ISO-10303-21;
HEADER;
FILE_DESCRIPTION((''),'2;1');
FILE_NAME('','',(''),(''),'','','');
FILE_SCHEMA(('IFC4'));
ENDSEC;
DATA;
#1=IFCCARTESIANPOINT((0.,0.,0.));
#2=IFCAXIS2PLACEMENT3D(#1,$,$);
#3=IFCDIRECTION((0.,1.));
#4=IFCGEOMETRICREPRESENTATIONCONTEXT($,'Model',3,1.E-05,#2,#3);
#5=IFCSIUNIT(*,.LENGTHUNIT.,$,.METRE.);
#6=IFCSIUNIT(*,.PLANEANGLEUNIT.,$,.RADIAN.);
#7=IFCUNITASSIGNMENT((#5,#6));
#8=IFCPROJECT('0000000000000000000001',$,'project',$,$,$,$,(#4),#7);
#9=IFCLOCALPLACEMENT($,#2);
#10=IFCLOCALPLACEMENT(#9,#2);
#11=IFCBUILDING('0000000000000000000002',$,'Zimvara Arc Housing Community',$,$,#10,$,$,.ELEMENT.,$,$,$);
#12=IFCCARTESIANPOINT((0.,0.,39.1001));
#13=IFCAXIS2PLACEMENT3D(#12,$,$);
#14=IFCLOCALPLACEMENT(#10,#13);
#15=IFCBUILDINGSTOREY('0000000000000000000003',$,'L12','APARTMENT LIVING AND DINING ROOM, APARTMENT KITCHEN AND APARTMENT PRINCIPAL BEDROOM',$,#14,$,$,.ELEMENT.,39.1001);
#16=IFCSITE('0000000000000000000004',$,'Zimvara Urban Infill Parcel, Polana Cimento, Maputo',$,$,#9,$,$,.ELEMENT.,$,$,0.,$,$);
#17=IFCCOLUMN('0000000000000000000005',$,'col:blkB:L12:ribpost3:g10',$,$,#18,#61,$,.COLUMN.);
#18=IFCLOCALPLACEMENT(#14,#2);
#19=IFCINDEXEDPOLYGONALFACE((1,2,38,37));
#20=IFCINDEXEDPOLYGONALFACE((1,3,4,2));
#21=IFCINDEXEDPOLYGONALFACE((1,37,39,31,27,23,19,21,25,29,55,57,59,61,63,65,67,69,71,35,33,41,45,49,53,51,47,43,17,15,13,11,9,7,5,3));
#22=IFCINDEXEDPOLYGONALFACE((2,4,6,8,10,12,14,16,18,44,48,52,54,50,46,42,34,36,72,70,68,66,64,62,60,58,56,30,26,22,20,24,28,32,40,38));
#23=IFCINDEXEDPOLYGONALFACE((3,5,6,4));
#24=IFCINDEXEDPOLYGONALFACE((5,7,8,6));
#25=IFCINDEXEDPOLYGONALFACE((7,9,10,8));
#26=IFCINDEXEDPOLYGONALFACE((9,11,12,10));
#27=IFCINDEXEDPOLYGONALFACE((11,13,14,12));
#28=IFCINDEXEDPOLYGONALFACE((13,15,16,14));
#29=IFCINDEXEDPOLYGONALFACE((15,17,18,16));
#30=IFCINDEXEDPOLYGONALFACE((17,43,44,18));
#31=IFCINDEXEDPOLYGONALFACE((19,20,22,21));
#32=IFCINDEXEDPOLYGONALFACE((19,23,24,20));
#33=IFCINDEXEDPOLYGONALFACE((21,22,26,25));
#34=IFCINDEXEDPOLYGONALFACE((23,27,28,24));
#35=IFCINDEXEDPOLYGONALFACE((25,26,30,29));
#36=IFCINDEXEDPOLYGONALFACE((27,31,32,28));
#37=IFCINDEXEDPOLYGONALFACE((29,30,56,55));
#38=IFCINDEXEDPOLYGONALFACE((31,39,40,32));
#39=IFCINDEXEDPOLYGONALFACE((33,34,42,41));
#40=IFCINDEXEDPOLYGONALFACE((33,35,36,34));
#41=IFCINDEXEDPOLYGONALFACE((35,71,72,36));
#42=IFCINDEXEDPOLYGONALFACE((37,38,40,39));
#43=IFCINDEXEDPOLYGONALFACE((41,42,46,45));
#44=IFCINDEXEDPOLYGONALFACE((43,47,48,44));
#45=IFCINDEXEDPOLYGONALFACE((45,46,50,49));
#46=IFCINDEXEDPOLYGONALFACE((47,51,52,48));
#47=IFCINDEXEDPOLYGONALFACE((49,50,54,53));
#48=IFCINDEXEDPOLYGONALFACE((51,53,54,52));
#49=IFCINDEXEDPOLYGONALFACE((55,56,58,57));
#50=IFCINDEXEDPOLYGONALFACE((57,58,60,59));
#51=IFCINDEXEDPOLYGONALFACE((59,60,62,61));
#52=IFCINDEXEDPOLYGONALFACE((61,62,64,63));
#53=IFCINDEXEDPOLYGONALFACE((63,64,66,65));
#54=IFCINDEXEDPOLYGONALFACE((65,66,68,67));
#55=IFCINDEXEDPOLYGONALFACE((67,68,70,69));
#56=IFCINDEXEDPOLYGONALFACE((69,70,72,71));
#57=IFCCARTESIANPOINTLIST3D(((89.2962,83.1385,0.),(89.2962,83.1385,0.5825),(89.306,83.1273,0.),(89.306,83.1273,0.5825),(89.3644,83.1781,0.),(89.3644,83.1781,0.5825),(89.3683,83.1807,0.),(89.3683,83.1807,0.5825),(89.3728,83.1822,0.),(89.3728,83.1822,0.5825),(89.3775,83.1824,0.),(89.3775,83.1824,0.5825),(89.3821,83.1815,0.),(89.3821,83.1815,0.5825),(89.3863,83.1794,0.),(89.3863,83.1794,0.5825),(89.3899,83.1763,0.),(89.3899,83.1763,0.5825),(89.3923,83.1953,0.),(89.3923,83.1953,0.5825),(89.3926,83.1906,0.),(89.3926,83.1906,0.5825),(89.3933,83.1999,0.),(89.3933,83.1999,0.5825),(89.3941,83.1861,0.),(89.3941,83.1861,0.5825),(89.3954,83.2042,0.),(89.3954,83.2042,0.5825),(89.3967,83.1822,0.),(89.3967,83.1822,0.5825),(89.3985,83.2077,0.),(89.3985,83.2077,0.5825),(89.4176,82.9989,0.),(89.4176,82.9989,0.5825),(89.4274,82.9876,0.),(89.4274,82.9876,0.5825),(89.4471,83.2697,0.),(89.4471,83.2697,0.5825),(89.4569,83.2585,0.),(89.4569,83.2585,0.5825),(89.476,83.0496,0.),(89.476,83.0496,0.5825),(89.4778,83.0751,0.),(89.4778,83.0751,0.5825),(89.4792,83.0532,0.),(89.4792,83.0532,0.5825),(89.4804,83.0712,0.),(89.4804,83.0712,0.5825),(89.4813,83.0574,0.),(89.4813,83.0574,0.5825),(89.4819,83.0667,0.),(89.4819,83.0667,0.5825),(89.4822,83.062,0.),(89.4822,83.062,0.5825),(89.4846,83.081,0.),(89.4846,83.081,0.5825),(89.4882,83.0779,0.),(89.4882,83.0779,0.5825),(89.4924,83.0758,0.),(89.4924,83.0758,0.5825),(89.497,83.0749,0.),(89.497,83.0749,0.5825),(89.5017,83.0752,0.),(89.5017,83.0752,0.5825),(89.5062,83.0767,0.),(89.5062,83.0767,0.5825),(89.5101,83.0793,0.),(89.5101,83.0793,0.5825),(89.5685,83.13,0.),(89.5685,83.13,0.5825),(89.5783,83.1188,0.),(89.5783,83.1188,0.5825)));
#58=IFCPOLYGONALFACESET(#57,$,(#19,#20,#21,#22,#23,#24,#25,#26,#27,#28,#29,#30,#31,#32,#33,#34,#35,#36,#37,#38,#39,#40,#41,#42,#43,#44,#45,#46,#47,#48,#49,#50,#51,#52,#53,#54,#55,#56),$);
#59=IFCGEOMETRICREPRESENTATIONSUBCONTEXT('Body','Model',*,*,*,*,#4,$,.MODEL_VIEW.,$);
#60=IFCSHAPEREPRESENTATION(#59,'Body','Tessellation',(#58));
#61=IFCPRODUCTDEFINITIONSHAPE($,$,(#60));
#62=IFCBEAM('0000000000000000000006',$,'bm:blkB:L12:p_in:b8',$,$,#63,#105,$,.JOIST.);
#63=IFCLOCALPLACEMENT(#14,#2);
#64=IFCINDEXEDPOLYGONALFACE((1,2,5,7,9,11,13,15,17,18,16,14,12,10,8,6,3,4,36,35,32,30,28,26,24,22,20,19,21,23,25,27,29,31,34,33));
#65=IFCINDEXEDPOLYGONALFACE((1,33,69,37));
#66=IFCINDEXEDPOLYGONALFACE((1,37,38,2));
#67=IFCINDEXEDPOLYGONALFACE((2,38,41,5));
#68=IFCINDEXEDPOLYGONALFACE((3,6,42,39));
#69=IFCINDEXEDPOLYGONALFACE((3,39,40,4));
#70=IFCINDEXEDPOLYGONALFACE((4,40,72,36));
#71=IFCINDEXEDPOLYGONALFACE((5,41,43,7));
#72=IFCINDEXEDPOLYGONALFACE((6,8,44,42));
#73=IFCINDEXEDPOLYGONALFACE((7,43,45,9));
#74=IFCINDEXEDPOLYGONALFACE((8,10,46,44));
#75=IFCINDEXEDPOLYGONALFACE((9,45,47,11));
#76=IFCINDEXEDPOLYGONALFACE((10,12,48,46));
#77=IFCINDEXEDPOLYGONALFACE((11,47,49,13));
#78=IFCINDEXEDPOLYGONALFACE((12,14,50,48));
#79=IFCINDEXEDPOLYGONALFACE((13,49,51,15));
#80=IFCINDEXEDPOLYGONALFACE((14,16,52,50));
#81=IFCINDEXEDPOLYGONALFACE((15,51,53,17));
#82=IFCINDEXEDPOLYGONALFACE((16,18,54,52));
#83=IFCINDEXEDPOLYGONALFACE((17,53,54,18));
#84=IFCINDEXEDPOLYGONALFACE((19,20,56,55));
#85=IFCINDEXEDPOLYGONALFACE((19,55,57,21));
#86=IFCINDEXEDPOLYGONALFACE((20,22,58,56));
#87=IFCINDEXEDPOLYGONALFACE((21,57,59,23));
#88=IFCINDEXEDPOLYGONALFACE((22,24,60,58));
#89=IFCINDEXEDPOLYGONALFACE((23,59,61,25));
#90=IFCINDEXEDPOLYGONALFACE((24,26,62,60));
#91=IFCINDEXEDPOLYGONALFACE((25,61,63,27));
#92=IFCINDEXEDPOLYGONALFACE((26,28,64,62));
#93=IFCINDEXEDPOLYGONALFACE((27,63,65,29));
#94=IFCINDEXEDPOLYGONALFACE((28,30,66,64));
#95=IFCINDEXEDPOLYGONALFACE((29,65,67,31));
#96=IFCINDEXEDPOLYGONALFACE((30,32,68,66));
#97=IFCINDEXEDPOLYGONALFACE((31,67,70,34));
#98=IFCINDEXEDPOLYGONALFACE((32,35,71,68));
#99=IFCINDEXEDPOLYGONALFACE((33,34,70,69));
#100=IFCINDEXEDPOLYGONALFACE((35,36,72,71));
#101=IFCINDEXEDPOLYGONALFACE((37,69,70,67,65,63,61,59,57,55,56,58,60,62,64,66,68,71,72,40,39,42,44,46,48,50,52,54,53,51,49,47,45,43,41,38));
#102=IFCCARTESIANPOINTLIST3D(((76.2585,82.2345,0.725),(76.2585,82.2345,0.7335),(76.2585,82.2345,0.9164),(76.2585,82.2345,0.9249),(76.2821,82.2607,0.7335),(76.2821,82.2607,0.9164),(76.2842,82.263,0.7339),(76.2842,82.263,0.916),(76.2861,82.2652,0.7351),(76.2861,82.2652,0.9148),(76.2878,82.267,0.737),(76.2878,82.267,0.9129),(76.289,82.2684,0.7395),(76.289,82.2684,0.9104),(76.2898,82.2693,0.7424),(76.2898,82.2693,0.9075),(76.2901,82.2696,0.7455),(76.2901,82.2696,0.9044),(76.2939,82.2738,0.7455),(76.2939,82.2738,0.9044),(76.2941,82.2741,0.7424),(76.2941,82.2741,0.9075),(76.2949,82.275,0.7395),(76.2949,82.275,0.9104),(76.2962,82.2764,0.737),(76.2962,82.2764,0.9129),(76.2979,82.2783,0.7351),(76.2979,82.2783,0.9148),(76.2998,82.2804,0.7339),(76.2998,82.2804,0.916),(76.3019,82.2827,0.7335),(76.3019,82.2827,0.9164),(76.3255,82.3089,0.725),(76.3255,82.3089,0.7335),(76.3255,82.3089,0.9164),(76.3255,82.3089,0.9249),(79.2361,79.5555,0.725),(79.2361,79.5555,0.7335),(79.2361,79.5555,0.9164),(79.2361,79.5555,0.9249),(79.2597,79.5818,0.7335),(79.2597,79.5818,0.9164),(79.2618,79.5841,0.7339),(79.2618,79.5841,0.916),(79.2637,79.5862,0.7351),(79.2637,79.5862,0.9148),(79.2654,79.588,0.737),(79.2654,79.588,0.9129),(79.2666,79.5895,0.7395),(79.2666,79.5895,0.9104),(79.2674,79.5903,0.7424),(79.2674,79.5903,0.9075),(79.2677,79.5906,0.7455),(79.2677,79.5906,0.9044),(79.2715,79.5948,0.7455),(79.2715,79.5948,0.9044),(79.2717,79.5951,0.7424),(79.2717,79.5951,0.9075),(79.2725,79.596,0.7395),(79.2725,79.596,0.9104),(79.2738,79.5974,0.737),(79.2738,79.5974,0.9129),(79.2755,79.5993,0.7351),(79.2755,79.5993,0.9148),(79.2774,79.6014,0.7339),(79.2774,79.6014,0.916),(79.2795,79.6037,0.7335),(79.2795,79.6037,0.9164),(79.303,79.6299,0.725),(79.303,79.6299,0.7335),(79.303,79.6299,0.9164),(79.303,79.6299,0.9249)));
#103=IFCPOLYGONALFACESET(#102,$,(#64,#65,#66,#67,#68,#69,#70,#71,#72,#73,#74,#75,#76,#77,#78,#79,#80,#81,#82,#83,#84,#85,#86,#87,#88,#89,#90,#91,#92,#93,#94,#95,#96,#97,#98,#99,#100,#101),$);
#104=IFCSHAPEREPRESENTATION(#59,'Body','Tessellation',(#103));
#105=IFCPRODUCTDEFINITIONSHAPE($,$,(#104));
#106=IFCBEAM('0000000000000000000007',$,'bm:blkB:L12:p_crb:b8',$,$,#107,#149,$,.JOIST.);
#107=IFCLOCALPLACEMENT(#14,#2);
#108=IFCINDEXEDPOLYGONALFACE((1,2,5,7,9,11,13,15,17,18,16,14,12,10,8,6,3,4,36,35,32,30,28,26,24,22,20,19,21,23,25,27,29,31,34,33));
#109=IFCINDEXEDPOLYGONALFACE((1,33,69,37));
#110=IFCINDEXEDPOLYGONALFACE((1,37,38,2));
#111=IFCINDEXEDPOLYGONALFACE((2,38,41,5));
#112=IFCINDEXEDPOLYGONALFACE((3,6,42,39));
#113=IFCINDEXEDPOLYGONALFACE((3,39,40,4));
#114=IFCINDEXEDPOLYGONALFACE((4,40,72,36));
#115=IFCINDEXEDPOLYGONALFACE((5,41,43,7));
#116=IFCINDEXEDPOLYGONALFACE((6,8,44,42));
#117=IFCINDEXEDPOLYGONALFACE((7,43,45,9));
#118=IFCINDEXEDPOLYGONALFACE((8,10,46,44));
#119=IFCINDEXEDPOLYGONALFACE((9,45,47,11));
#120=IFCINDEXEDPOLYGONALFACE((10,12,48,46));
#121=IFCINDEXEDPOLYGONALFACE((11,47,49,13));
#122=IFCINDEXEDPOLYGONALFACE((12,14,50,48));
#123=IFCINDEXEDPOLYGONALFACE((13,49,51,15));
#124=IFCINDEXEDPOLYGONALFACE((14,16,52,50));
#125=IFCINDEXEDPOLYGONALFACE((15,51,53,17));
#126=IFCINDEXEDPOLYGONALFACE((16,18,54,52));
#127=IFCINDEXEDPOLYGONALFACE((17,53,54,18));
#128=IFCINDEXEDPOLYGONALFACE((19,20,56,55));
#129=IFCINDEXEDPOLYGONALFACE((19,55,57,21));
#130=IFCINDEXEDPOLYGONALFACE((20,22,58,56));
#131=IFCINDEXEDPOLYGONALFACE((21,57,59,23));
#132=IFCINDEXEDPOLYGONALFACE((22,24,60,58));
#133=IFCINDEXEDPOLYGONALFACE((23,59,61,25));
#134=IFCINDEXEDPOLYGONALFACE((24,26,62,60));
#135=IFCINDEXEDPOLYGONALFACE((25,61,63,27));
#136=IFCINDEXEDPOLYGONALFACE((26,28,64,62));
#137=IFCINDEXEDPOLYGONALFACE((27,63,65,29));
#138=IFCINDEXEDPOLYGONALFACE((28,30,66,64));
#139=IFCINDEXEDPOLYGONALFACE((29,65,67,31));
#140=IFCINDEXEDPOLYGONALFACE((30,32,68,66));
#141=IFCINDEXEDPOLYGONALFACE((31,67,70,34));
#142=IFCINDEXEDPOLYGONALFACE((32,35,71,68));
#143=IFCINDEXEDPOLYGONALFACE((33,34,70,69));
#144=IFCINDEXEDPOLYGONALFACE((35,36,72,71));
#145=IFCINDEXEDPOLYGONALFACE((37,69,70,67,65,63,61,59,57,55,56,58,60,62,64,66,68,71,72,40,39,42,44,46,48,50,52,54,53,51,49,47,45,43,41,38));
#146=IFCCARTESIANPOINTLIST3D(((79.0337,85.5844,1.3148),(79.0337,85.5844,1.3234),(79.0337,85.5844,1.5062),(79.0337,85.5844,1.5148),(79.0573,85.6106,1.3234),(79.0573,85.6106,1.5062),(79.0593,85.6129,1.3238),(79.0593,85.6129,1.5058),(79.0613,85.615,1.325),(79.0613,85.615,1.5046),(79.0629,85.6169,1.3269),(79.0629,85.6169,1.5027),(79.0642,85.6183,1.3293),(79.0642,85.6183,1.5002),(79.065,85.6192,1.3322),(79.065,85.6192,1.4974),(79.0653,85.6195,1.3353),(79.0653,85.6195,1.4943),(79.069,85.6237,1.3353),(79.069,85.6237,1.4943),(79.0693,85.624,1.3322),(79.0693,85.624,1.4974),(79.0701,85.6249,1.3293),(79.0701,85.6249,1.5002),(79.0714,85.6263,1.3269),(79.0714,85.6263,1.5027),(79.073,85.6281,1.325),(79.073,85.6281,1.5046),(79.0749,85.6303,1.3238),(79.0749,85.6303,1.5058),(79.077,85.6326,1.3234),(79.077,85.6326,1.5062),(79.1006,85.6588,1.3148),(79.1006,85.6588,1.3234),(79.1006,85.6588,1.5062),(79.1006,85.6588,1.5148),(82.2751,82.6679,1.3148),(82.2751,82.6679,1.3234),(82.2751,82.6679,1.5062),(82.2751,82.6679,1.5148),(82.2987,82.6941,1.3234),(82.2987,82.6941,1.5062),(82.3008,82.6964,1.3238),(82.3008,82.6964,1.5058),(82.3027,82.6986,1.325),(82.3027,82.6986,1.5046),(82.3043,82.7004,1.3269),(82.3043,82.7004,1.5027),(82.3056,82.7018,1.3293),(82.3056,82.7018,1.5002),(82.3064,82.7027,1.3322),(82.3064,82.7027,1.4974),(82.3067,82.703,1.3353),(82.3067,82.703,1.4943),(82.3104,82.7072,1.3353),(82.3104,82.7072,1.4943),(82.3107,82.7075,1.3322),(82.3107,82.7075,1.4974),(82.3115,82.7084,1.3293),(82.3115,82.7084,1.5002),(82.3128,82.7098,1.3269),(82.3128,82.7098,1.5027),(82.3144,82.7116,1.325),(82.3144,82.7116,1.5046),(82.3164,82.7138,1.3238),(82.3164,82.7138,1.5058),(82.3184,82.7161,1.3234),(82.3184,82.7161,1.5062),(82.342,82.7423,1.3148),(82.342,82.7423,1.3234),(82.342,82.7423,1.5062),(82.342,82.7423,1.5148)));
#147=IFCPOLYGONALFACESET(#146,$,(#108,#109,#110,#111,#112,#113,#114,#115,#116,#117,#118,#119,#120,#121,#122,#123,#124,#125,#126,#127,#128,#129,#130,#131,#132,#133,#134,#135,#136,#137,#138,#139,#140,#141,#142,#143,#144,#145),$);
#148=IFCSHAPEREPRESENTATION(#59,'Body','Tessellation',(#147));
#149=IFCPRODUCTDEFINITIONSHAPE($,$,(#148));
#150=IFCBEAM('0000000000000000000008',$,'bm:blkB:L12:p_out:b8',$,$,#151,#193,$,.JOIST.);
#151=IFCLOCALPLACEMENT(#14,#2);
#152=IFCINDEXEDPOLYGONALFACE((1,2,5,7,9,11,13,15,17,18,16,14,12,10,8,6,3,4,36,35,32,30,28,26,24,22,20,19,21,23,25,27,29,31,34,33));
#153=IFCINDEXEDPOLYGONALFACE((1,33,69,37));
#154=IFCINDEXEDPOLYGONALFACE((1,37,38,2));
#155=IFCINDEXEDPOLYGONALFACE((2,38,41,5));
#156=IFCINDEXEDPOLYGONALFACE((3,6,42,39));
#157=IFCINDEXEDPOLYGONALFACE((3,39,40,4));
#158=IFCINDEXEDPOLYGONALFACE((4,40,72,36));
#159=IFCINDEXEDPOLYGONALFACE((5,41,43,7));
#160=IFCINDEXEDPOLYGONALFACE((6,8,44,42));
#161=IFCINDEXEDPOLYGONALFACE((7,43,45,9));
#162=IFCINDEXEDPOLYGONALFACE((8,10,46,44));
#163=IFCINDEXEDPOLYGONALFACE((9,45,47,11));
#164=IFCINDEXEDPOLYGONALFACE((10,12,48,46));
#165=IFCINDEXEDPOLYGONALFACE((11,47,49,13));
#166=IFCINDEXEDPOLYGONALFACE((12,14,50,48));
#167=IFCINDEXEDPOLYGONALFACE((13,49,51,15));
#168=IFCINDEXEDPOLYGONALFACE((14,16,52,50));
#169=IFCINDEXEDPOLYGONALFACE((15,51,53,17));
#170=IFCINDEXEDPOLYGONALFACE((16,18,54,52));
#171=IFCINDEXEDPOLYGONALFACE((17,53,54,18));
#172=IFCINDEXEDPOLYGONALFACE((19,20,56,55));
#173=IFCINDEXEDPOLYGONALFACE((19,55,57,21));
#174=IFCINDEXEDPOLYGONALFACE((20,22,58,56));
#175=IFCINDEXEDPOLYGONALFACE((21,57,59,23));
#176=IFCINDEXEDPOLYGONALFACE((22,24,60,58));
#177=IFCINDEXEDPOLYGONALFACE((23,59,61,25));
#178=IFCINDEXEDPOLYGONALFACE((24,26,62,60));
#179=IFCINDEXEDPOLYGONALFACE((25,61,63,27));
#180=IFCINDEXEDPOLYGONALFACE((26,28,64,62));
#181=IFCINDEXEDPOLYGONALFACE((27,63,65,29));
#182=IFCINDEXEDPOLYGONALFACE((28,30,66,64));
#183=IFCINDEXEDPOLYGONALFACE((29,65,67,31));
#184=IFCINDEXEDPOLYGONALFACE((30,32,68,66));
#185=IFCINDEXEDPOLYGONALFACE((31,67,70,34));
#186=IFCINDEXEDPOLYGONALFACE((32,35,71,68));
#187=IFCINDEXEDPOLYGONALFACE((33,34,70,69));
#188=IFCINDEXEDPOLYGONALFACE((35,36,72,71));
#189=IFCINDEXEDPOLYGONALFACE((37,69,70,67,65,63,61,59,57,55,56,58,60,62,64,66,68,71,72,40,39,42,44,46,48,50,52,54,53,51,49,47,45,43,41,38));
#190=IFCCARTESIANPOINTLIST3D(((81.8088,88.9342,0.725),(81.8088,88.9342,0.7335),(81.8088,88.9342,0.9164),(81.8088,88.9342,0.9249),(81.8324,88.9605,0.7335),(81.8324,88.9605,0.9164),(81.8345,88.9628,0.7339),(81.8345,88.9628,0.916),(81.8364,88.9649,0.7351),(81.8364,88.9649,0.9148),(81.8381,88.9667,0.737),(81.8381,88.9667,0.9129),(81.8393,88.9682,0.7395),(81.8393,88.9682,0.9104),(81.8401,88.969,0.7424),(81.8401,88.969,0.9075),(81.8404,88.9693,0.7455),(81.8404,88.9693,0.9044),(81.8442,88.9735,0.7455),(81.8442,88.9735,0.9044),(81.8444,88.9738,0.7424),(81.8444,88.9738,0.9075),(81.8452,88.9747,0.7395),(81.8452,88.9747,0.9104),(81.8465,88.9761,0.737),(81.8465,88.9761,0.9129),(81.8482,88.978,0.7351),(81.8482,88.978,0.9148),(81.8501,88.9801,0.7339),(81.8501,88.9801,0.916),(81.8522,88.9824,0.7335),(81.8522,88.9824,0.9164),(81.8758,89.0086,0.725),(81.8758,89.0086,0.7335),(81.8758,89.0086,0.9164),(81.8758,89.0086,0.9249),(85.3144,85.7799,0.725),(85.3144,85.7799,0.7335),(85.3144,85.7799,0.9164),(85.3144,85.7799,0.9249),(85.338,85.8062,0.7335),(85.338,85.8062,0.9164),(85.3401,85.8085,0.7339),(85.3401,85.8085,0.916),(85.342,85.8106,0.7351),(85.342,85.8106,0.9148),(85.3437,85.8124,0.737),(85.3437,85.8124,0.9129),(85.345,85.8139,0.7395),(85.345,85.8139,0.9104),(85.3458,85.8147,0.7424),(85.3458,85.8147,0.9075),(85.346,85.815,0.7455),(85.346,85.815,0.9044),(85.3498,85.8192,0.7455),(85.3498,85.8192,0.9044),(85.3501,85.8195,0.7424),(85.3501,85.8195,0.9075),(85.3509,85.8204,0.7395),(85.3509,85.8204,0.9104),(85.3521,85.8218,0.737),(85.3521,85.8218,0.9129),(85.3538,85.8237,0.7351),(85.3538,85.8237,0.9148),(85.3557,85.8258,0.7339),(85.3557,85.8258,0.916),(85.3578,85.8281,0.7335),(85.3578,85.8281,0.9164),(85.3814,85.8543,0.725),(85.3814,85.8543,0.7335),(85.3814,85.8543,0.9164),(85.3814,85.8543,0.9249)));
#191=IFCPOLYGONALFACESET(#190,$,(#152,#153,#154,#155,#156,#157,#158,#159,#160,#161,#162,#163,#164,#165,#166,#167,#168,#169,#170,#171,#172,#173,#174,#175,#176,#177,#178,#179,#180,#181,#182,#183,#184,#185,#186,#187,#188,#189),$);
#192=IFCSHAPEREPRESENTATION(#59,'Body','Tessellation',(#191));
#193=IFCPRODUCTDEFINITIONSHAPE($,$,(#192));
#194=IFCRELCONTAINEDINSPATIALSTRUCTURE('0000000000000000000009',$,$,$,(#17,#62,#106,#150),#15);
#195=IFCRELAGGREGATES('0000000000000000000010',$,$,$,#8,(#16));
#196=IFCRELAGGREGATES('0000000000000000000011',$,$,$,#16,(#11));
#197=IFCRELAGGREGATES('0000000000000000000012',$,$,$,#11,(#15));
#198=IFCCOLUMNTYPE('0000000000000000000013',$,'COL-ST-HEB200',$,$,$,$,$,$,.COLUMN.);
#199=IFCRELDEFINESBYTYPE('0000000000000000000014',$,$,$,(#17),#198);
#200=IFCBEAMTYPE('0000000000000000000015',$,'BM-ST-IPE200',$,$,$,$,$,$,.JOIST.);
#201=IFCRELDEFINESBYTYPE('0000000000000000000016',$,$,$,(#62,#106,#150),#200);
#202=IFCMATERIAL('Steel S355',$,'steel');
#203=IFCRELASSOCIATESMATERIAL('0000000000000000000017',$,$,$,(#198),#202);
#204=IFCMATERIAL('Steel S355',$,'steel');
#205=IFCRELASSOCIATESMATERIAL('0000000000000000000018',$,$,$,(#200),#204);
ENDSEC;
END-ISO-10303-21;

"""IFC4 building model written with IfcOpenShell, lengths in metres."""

from ifc_helpers import new_model, si_unit, direction, frame, origin, origin_2d, place, context, subcontext, project, spatial, i_section, extrude, material, material_profile, profile_set, type_object, element, save


model = new_model("IFC4")

# Units and contexts
model_context = context("Model", 3, precision=1e-05, world=origin(), true_north=direction((0.0, 1.0)))
body_context = subcontext(model_context, "Body", "Model", "MODEL_VIEW")
ifc_project = project(units=[si_unit("LENGTHUNIT", "METRE"), si_unit("PLANEANGLEUNIT", "RADIAN")], contexts=[model_context])

# Site, building, storey
site_placement = place(None, origin())
site = spatial("IfcSite", under=ifc_project, at=site_placement, Name="Zimvara Urban Infill Parcel, Polana Cimento, Maputo", CompositionType="ELEMENT", RefElevation=0.0)
building_placement = place(site_placement, origin())
building = spatial("IfcBuilding", under=site, at=building_placement, Name="Zimvara Arc Housing Community", CompositionType="ELEMENT")
storey_placement = place(building_placement, frame((0.0, 0.0, 39.1001)))
storey = spatial("IfcBuildingStorey", under=building, at=storey_placement, Name="L12", Description="APARTMENT LIVING AND DINING ROOM, APARTMENT KITCHEN AND APARTMENT PRINCIPAL BEDROOM", CompositionType="ELEMENT", Elevation=39.1001)

# Column
ifc_material_1 = material(Name="Steel S355", Category="steel")
ifc_material_profile_1 = material_profile(ifc_material_1, i_section(OverallWidth=0.2, OverallDepth=0.2, WebThickness=0.009, FlangeThickness=0.0149, FilletRadius=0.0181, at=origin_2d()), Name="HEB 200")
ifc_profile_set_1 = profile_set([ifc_material_profile_1], Name="Steel S355")
column_type = type_object("IfcColumnType", Name="COL-ST-HEB200", PredefinedType="COLUMN", material=ifc_profile_set_1)
column_1_placement = place(storey_placement, frame((89.4373, 83.1287, 0.0), z_axis=(0.0, 0.0, 1.0), x_axis=(0.75471, 0.656059, 0.0)))
element("IfcColumn", 1, at=column_1_placement, inside=storey, type_object=column_type, Name="col:blkB:L12:ribpost3:g10", PredefinedType="COLUMN", context=body_context, shape_type="SweptSolid", body=[
    extrude(i_section(OverallWidth=0.2, OverallDepth=0.2, WebThickness=0.009, FlangeThickness=0.0149, FilletRadius=0.0181, at=origin_2d()), origin(), (0.0, 0.0, 1.0), 0.5825),
])

# Beams
ifc_material_2 = material(Name="Steel S355", Category="steel")
ifc_material_profile_2 = material_profile(ifc_material_2, i_section(OverallWidth=0.1001, OverallDepth=0.2, WebThickness=0.0056, FlangeThickness=0.0085, FilletRadius=0.012, at=origin_2d()), Name="IPE 200")
ifc_profile_set_2 = profile_set([ifc_material_profile_2], Name="Steel S355")
beam_type_1 = type_object("IfcBeamType", Name="BM-ST-IPE200", PredefinedType="JOIST", material=ifc_profile_set_2)
beam_1_placement = place(storey_placement, frame((76.292, 82.2717, 0.825), z_axis=(0.743397, -0.66885, 0.0), x_axis=(0.66885, 0.743397, 0.0)))
element("IfcBeam", 2, at=beam_1_placement, inside=storey, type_object=beam_type_1, Name="bm:blkB:L12:p_in:b8", PredefinedType="JOIST", context=body_context, shape_type="SweptSolid", body=[
    extrude(i_section(OverallWidth=0.1001, OverallDepth=0.2, WebThickness=0.0056, FlangeThickness=0.0085, FilletRadius=0.012, at=origin_2d()), origin(), (0.0, 0.0, 1.0), 4.0054),
])
beam_2_placement = place(storey_placement, frame((79.0671, 85.6216, 1.4148), z_axis=(0.743386, -0.668863, 0.0), x_axis=(0.668863, 0.743386, 0.0)))
element("IfcBeam", 3, at=beam_2_placement, inside=storey, type_object=beam_type_1, Name="bm:blkB:L12:p_crb:b8", PredefinedType="JOIST", context=body_context, shape_type="SweptSolid", body=[
    extrude(i_section(OverallWidth=0.1001, OverallDepth=0.2, WebThickness=0.0056, FlangeThickness=0.0085, FilletRadius=0.012, at=origin_2d()), origin(), (0.0, 0.0, 1.0), 4.3604),
])
beam_3_placement = place(storey_placement, frame((81.8423, 88.9714, 0.825), z_axis=(0.743374, -0.668876, 0.0), x_axis=(0.668876, 0.743374, 0.0)))
element("IfcBeam", 4, at=beam_3_placement, inside=storey, type_object=beam_type_1, Name="bm:blkB:L12:p_out:b8", PredefinedType="JOIST", context=body_context, shape_type="SweptSolid", body=[
    extrude(i_section(OverallWidth=0.1001, OverallDepth=0.2, WebThickness=0.0056, FlangeThickness=0.0085, FilletRadius=0.012, at=origin_2d()), origin(), (0.0, 0.0, 1.0), 4.7158),
])

save(model, "model.ifc")
